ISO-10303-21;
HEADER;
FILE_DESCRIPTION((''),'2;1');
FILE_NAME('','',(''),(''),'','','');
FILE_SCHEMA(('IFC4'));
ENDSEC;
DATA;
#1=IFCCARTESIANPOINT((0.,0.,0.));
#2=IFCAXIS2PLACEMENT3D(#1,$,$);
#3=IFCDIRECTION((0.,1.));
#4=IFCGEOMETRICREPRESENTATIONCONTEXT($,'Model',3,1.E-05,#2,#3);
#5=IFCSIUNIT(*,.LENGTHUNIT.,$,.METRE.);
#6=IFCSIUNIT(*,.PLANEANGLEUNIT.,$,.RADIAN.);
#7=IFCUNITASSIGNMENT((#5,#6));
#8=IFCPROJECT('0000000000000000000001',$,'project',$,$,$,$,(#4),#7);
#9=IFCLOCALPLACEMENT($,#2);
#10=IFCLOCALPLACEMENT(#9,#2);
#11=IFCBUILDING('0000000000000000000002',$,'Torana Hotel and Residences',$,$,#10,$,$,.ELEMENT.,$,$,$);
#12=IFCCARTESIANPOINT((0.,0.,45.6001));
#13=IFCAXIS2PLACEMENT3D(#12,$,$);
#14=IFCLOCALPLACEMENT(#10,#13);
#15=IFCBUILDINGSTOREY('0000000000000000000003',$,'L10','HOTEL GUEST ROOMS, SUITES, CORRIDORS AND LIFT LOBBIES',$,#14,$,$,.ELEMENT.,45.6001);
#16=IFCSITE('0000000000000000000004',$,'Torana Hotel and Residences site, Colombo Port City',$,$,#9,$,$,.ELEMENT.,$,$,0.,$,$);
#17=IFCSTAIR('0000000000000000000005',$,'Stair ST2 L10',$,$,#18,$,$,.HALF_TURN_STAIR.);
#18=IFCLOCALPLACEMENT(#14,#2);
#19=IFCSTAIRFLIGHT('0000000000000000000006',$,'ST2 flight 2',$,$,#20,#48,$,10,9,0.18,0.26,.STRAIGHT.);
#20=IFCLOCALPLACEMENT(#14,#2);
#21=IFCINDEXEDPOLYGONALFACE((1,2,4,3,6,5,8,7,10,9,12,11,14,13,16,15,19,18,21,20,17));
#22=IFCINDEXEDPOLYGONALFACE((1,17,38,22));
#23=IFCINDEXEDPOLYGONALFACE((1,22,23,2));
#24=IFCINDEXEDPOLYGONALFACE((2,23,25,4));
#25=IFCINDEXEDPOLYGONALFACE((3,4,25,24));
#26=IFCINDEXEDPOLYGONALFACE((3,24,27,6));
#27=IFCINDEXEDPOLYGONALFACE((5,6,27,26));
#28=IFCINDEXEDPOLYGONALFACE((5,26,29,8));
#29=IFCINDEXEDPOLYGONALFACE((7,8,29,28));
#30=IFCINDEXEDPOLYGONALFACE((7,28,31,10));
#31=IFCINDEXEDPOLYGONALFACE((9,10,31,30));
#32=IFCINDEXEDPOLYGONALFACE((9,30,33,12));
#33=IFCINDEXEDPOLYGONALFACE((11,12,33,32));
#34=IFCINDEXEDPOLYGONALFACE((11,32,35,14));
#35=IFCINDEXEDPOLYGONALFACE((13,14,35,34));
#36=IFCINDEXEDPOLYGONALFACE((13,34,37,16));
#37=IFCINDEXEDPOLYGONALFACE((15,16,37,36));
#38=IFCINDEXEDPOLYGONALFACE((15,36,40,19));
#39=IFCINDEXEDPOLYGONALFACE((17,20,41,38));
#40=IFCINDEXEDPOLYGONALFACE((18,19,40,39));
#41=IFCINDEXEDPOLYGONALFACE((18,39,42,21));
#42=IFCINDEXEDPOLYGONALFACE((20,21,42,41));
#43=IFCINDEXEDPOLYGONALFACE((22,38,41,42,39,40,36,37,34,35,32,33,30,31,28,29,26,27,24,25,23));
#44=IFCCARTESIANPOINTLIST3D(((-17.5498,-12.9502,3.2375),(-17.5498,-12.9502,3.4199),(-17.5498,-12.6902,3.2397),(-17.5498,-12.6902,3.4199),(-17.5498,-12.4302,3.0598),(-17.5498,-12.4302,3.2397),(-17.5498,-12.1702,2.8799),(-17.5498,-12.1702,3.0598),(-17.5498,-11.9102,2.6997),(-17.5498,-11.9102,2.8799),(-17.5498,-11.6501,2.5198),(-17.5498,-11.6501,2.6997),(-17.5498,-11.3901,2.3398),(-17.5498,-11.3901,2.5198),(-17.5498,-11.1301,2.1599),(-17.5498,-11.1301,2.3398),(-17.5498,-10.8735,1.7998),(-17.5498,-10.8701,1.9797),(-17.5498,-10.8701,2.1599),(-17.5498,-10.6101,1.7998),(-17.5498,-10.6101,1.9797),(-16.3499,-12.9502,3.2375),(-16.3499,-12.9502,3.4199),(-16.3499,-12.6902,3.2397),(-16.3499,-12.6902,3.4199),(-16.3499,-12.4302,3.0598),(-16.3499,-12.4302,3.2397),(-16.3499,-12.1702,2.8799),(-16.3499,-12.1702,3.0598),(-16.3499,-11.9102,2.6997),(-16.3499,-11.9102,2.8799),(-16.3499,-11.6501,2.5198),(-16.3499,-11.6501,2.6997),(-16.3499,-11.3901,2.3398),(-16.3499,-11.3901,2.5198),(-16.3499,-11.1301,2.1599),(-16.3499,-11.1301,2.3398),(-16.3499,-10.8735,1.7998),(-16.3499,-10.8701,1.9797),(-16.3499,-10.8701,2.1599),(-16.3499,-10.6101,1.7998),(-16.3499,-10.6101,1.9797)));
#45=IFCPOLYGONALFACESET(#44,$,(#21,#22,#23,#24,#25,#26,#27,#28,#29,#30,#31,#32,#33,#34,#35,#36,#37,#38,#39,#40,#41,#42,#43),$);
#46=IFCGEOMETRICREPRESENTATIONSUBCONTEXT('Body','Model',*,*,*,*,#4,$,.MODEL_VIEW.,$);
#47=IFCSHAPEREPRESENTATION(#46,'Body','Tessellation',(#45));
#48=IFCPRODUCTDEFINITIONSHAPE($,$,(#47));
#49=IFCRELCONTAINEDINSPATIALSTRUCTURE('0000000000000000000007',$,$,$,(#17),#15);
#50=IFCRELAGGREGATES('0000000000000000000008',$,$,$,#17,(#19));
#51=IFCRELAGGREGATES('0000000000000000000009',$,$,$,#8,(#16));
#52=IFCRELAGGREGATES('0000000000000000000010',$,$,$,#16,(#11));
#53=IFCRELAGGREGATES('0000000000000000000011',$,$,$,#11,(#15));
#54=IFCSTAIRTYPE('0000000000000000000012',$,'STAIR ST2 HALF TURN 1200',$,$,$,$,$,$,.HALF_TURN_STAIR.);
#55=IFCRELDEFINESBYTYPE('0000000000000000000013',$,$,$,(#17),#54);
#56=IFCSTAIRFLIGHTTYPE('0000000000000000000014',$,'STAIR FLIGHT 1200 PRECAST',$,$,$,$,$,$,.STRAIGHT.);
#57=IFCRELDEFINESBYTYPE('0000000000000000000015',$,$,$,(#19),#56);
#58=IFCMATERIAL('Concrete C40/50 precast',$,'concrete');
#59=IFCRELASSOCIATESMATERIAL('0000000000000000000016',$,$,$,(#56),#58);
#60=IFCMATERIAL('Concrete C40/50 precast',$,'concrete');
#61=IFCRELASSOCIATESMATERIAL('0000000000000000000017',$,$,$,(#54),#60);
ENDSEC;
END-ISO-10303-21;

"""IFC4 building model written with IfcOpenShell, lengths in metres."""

from ifc_helpers import new_model, si_unit, direction, frame, origin, place, context, subcontext, project, spatial, polyline, outline, extrude, material, type_object, element, aggregate, save


model = new_model("IFC4")

# Units and contexts
model_context = context("Model", 3, precision=1e-05, world=origin(), true_north=direction((0.0, 1.0)))
body_context = subcontext(model_context, "Body", "Model", "MODEL_VIEW")
ifc_project = project(units=[si_unit("LENGTHUNIT", "METRE"), si_unit("PLANEANGLEUNIT", "RADIAN")], contexts=[model_context])

# Site, building, storey
site_placement = place(None, origin())
site = spatial("IfcSite", under=ifc_project, at=site_placement, Name="Torana Hotel and Residences site, Colombo Port City", CompositionType="ELEMENT", RefElevation=0.0)
building_placement = place(site_placement, origin())
building = spatial("IfcBuilding", under=site, at=building_placement, Name="Torana Hotel and Residences", CompositionType="ELEMENT")
storey_placement = place(building_placement, frame((0.0, 0.0, 45.6001)))
storey = spatial("IfcBuildingStorey", under=building, at=storey_placement, Name="L10", Description="HOTEL GUEST ROOMS, SUITES, CORRIDORS AND LIFT LOBBIES", CompositionType="ELEMENT", Elevation=45.6001)

# Stair, stair flight
ifc_material_1 = material(Name="Concrete C40/50 precast", Category="concrete")
stair_flight_type = type_object("IfcStairFlightType", Name="STAIR FLIGHT 1200 PRECAST", PredefinedType="STRAIGHT", material=ifc_material_1)
ifc_material_2 = material(Name="Concrete C40/50 precast", Category="concrete")
stair_type_1 = type_object("IfcStairType", Name="STAIR ST2 HALF TURN 1200", PredefinedType="HALF_TURN_STAIR", material=ifc_material_2)
stair_1_placement = place(storey_placement, origin())
stair_1 = element("IfcStair", 1, at=stair_1_placement, inside=storey, type_object=stair_type_1, Name="Stair ST2 L10", PredefinedType="HALF_TURN_STAIR")
stair_flight_1_placement = place(storey_placement, frame((-16.95, -10.6101, 1.7998), z_axis=(0.0, 0.0, 1.0), x_axis=(0.0, -1.0, 0.0)))
stair_flight_1 = element("IfcStairFlight", 2, at=stair_flight_1_placement, type_object=stair_flight_type, Name="ST2 flight 2", NumberOfRisers=10, NumberOfTreads=9, PredefinedType="STRAIGHT", RiserHeight=0.18, TreadLength=0.26, context=body_context, shape_type="SweptSolid", body=[
    extrude(outline(polyline([(0.0, 0.0), (0.0, 0.1799), (0.26, 0.1799), (0.26, 0.3601), (0.52, 0.3601), (0.52, 0.54), (0.78, 0.54), (0.78, 0.72), (1.04, 0.72), (1.04, 0.8999), (1.3, 0.8999), (1.3, 1.0801), (1.5601, 1.0801), (1.5601, 1.26), (1.8201, 1.26), (1.8201, 1.4399), (2.0801, 1.4399), (2.0801, 1.6201), (2.3401, 1.6201), (2.3401, 1.8), (2.3401, 1.4377), (0.2634, 0.0), (0.0, 0.0)])), frame((0.0, 0.6001, 0.0), z_axis=(0.0, -1.0, 0.0), x_axis=(1.0, 0.0, 0.0)), (0.0, 0.0, 1.0), 1.2),
])
aggregate(stair_1, [stair_flight_1])

save(model, "model.ifc")
